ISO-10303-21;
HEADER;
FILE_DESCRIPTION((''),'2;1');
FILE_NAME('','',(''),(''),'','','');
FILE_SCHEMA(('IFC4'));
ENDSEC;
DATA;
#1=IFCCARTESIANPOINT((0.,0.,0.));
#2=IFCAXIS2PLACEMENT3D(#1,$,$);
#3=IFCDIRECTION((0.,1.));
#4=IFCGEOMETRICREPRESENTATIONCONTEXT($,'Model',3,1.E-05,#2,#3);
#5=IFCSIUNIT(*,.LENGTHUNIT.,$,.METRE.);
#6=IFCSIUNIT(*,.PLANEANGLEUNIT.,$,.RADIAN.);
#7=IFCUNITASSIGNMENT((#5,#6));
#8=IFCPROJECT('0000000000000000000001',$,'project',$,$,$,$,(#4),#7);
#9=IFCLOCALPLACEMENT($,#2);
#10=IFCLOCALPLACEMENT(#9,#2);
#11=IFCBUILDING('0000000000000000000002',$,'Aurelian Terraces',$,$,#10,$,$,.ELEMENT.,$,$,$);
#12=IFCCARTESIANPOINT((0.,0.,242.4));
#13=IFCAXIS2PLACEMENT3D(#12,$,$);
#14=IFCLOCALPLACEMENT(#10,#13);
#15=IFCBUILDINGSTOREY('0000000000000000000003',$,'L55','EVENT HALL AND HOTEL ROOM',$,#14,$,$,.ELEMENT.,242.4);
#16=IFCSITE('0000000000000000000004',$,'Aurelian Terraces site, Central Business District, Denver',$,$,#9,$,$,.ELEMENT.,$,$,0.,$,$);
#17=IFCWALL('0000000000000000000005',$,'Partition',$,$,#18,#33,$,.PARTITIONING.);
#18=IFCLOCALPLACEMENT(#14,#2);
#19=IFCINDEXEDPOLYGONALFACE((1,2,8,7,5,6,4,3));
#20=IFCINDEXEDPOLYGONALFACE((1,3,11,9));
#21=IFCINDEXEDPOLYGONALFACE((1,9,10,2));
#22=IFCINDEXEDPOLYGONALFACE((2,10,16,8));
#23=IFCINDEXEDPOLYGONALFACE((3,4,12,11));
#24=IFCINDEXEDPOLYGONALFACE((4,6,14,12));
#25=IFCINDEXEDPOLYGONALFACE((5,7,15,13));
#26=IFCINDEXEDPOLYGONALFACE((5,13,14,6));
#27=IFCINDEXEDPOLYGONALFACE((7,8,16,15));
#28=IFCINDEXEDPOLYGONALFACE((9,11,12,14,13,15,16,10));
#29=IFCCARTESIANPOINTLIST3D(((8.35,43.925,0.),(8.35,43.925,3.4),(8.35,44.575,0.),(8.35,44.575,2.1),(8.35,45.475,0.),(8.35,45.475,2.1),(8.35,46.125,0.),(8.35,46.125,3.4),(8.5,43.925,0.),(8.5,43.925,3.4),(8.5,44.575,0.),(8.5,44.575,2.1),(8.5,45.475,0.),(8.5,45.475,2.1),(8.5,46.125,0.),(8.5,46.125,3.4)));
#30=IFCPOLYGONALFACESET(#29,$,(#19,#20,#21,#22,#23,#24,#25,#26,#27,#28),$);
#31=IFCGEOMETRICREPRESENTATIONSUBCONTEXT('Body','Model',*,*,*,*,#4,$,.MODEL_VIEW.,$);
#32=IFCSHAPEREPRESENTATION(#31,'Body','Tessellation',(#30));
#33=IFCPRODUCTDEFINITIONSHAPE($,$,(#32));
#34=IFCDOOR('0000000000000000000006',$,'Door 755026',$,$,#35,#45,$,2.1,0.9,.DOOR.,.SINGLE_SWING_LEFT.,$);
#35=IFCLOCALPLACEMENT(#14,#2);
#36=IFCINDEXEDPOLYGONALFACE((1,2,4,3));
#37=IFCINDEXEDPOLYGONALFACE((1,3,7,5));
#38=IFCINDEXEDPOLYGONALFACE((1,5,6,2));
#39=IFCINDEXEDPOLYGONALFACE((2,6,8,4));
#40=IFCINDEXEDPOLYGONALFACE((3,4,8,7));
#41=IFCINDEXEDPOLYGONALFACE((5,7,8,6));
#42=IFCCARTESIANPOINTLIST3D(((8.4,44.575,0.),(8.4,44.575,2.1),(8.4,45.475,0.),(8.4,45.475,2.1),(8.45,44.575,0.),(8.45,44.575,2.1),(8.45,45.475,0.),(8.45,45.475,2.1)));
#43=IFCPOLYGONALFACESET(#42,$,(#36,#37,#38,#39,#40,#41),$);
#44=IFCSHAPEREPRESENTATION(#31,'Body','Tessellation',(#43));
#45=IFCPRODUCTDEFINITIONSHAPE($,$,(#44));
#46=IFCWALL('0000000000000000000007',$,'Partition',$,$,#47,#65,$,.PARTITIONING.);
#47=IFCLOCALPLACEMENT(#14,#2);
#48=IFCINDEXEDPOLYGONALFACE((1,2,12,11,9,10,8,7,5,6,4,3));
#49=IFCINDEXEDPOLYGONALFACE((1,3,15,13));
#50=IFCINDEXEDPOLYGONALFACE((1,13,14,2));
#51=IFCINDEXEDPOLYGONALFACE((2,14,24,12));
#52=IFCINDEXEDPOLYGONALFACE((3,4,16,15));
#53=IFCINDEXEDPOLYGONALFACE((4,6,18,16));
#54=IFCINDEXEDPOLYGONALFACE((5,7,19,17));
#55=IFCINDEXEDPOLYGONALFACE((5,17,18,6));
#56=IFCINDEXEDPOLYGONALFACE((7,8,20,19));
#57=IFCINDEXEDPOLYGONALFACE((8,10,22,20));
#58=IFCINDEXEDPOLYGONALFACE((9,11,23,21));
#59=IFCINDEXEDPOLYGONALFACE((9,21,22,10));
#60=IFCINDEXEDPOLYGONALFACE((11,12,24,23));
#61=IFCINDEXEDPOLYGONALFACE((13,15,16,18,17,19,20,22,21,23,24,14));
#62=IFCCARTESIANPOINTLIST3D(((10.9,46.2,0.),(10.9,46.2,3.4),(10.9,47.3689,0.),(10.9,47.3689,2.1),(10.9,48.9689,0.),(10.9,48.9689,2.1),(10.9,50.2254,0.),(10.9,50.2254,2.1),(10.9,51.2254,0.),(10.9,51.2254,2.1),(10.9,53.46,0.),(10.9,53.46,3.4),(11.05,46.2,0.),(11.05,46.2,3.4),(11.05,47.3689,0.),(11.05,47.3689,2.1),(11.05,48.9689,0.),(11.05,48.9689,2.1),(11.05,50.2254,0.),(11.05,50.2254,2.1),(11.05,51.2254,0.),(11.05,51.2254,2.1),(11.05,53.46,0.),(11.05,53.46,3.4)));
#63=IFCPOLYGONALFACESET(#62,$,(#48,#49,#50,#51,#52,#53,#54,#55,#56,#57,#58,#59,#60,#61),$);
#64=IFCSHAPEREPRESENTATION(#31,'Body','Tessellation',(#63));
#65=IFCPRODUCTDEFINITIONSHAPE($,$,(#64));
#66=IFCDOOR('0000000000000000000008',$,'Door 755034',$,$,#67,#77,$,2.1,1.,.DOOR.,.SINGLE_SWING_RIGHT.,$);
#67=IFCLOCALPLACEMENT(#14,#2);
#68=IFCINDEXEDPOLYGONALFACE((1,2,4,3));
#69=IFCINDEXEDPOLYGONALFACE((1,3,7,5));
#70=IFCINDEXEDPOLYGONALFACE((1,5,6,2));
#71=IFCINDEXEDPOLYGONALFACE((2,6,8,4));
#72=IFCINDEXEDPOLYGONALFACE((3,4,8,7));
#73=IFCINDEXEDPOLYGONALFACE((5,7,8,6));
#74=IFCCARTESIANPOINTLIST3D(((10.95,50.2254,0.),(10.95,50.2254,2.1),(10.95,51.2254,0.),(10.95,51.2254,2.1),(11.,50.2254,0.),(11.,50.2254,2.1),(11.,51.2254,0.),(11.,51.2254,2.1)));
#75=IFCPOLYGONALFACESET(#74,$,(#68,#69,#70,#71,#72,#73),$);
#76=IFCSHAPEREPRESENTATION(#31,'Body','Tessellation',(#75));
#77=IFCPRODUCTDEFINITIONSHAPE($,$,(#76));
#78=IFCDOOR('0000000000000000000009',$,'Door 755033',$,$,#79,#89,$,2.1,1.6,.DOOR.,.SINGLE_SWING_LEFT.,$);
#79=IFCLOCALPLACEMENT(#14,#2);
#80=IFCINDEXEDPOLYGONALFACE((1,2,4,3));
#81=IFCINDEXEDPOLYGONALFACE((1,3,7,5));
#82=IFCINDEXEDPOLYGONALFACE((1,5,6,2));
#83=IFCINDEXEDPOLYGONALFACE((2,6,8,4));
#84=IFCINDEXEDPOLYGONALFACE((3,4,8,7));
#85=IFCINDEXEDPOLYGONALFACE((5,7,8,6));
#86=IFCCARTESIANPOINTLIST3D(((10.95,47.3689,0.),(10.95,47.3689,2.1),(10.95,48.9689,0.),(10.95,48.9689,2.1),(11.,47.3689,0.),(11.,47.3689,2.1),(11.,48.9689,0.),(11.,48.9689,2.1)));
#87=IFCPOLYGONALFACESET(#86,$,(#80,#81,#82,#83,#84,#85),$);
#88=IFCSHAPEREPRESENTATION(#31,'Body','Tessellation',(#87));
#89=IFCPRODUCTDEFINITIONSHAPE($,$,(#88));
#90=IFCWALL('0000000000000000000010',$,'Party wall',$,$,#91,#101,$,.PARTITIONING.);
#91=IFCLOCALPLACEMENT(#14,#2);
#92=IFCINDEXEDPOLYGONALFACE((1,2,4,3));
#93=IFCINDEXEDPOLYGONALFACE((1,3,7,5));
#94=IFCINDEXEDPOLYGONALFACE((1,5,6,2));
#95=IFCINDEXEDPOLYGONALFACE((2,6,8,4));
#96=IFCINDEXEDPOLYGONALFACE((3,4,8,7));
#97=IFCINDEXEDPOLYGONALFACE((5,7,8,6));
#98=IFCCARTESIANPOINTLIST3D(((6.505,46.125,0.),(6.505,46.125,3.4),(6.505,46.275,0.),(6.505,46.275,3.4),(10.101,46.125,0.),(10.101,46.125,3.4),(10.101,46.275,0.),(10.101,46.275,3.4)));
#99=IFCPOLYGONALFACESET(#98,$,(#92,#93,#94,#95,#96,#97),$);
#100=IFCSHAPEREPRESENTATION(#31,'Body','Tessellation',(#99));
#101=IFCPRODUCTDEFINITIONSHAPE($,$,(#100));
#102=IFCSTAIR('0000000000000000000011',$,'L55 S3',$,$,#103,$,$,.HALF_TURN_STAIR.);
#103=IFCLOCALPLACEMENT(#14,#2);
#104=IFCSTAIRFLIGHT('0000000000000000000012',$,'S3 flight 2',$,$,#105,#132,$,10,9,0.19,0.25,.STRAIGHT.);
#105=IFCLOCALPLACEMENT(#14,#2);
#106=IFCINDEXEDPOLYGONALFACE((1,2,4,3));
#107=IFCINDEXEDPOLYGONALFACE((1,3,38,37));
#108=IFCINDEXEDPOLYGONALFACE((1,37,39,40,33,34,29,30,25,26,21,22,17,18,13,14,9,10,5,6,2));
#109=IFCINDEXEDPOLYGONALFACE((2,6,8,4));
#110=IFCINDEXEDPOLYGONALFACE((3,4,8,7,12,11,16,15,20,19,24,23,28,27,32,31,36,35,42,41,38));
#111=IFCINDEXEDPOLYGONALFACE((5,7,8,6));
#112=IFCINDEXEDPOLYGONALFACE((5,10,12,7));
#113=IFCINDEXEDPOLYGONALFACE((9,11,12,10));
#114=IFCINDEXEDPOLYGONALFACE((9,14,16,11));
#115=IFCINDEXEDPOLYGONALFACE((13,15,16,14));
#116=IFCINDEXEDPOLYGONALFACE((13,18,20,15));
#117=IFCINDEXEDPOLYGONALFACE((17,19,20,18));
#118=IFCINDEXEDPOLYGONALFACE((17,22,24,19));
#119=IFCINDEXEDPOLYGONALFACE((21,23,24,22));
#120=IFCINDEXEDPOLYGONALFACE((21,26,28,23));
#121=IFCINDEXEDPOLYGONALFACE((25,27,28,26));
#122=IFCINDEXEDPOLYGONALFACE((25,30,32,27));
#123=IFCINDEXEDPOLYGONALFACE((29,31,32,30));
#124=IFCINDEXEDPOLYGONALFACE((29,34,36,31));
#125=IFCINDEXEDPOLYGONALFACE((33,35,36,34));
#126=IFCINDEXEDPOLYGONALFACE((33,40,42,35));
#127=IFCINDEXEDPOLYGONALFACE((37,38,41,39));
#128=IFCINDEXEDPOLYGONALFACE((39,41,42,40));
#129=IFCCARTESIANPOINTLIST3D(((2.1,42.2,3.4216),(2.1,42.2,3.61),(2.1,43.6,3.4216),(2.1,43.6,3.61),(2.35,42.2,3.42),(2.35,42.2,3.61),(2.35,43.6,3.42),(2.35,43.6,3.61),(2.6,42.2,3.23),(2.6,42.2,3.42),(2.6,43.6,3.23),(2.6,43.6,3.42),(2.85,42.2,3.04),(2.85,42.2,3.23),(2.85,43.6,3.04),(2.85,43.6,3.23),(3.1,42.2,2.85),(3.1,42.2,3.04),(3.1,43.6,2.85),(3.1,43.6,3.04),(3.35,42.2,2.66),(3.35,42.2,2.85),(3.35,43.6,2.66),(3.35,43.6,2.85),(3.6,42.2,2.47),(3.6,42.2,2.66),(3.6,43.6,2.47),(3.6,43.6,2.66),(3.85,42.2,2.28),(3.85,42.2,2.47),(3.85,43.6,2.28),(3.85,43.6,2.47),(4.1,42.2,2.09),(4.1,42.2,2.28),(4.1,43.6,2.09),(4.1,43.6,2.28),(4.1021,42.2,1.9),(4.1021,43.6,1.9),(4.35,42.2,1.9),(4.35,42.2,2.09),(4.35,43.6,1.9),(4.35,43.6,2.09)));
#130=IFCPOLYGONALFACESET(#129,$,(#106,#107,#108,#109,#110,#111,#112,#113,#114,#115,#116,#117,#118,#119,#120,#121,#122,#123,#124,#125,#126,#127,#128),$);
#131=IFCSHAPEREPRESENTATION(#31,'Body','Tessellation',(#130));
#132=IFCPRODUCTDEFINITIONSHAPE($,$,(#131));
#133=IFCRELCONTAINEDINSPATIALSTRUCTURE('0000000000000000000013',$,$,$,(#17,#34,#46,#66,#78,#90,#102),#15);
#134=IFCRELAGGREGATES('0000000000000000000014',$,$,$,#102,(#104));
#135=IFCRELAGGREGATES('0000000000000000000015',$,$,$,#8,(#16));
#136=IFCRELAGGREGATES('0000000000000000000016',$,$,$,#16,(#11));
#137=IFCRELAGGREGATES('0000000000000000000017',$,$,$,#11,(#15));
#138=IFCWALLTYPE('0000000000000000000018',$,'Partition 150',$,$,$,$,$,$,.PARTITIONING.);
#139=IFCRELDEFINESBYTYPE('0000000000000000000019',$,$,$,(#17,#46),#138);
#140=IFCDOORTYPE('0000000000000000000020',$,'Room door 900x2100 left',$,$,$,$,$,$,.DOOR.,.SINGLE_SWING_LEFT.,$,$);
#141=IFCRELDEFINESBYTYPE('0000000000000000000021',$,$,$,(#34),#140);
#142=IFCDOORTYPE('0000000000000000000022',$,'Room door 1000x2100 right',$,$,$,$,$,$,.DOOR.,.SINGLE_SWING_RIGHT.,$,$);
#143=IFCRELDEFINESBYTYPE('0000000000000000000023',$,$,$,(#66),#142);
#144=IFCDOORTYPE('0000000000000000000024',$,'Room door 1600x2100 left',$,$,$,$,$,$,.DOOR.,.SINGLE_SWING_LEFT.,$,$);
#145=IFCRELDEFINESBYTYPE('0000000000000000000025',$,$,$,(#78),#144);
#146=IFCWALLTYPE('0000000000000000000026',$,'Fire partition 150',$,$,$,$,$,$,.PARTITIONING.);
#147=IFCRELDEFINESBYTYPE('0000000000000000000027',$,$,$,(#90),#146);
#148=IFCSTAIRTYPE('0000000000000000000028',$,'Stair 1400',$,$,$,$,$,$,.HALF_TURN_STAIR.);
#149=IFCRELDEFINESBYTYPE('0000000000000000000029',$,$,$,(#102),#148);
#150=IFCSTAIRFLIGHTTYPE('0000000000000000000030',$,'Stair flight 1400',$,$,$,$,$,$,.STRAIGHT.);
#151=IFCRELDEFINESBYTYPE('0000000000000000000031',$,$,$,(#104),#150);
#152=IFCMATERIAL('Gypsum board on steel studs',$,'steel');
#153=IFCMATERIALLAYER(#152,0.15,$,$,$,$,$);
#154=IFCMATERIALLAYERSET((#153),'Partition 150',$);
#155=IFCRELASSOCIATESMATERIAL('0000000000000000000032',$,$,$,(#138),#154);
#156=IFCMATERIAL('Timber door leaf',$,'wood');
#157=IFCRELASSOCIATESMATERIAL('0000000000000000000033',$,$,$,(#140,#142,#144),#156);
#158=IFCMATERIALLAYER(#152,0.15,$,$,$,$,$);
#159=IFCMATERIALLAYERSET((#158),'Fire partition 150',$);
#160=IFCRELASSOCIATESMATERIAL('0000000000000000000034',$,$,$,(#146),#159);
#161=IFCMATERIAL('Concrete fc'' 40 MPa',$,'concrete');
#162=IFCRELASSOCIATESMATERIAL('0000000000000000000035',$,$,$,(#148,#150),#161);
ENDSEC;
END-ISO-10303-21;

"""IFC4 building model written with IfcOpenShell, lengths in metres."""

from ifc_helpers import new_model, si_unit, direction, frame, frame_2d, origin, place, context, subcontext, project, spatial, polyline, rectangle, outline, extrude, source, transform, mapped, material, layer, layer_set, type_object, element, fill, aggregate, save


model = new_model("IFC4")

# Units and contexts
model_context = context("Model", 3, precision=1e-05, world=origin(), true_north=direction((0.0, 1.0)))
body_context = subcontext(model_context, "Body", "Model", "MODEL_VIEW")
ifc_project = project(units=[si_unit("LENGTHUNIT", "METRE"), si_unit("PLANEANGLEUNIT", "RADIAN")], contexts=[model_context])

# Site, building, storey
site_placement = place(None, origin())
site = spatial("IfcSite", under=ifc_project, at=site_placement, Name="Aurelian Terraces site, Central Business District, Denver", CompositionType="ELEMENT", RefElevation=0.0)
building_placement = place(site_placement, origin())
building = spatial("IfcBuilding", under=site, at=building_placement, Name="Aurelian Terraces", CompositionType="ELEMENT")
storey_placement = place(building_placement, frame((0.0, 0.0, 242.4)))
storey = spatial("IfcBuildingStorey", under=building, at=storey_placement, Name="L55", Description="EVENT HALL AND HOTEL ROOM", CompositionType="ELEMENT", Elevation=242.4)

# Shared definitions
ifc_material_1 = material(Name="Concrete fc' 40 MPa", Category="concrete")

# Shared definitions
ifc_material_2 = material(Name="Gypsum board on steel studs", Category="steel")
ifc_layer_1 = layer(ifc_material_2, 0.15)
ifc_layer_set_1 = layer_set([ifc_layer_1], Name="Partition 150")
wall_type_1 = type_object("IfcWallType", Name="Partition 150", PredefinedType="PARTITIONING", material=ifc_layer_set_1)

# Wall, opening, door
shared_shape_1 = source(origin(), body_context, "Body", "SweptSolid", [
    extrude(rectangle(XDim=2.2, YDim=0.15, at=frame_2d((1.1, 0.0))), origin(), (0.0, 0.0, 1.0), 3.4),
])
wall_1_placement = place(storey_placement, frame((8.425, 43.925, 0.0), z_axis=(0.0, 0.0, 1.0), x_axis=(0.0, 1.0, 0.0)))
wall_1 = element("IfcWall", 1, at=wall_1_placement, inside=storey, type_object=wall_type_1, Name="Partition", PredefinedType="PARTITIONING", context=body_context, shape_type="MappedRepresentation", body=[
    mapped(shared_shape_1, transform((0.0, 0.0, 0.0), scale=1.0)),
])
shared_shape_2 = source(origin(), body_context, "Body", "SweptSolid", [
    extrude(rectangle(XDim=0.9, YDim=2.1, at=frame_2d((0.45, 1.05))), frame((0.0, 0.085, 0.0), z_axis=(0.0, -1.0, 0.0), x_axis=(1.0, 0.0, 0.0)), (0.0, 0.0, 1.0), 0.17),
])
opening_1_placement = place(wall_1_placement, frame((0.65, 0.0, 0.0)))
opening_1 = element("IfcOpeningElement", 2, at=opening_1_placement, cuts=wall_1, PredefinedType="OPENING", context=body_context, shape_type="MappedRepresentation", body=[
    mapped(shared_shape_2, transform((0.0, 0.0, 0.0), scale=1.0)),
])
ifc_material_3 = material(Name="Timber door leaf", Category="wood")
door_type_1 = type_object("IfcDoorType", Name="Room door 900x2100 left", OperationType="SINGLE_SWING_LEFT", PredefinedType="DOOR", material=ifc_material_3)
shared_shape_3 = source(origin(), body_context, "Body", "SweptSolid", [
    extrude(rectangle(XDim=0.9, YDim=2.1, at=frame_2d((0.45, 1.05))), frame((0.0, 0.025, 0.0), z_axis=(0.0, -1.0, 0.0), x_axis=(1.0, 0.0, 0.0)), (0.0, 0.0, 1.0), 0.05),
])
door_1_placement = place(opening_1_placement, origin())
door_1 = element("IfcDoor", 3, at=door_1_placement, inside=storey, type_object=door_type_1, Name="Door 755026", OperationType="SINGLE_SWING_LEFT", OverallHeight=2.1, OverallWidth=0.9, PredefinedType="DOOR", context=body_context, shape_type="MappedRepresentation", body=[
    mapped(shared_shape_3, transform((0.0, 0.0, 0.0), scale=1.0)),
])
fill(opening_1, door_1)

# Wall, openings, doors
shared_shape_4 = source(origin(), body_context, "Body", "SweptSolid", [
    extrude(rectangle(XDim=7.26, YDim=0.15, at=frame_2d((3.63, 0.0))), origin(), (0.0, 0.0, 1.0), 3.4),
])
wall_2_placement = place(storey_placement, frame((10.975, 46.2, 0.0), z_axis=(0.0, 0.0, 1.0), x_axis=(0.0, 1.0, 0.0)))
wall_2 = element("IfcWall", 4, at=wall_2_placement, inside=storey, type_object=wall_type_1, Name="Partition", PredefinedType="PARTITIONING", context=body_context, shape_type="MappedRepresentation", body=[
    mapped(shared_shape_4, transform((0.0, 0.0, 0.0), scale=1.0)),
])
shared_shape_5 = source(origin(), body_context, "Body", "SweptSolid", [
    extrude(rectangle(XDim=1.6, YDim=2.1, at=frame_2d((0.8, 1.05))), frame((0.0, 0.085, 0.0), z_axis=(0.0, -1.0, 0.0), x_axis=(1.0, 0.0, 0.0)), (0.0, 0.0, 1.0), 0.17),
])
opening_2_placement = place(wall_2_placement, frame((1.1689, 0.0, 0.0)))
opening_2 = element("IfcOpeningElement", 5, at=opening_2_placement, cuts=wall_2, PredefinedType="OPENING", context=body_context, shape_type="MappedRepresentation", body=[
    mapped(shared_shape_5, transform((0.0, 0.0, 0.0), scale=1.0)),
])
shared_shape_6 = source(origin(), body_context, "Body", "SweptSolid", [
    extrude(rectangle(XDim=1.0, YDim=2.1, at=frame_2d((0.5, 1.05))), frame((0.0, 0.085, 0.0), z_axis=(0.0, -1.0, 0.0), x_axis=(1.0, 0.0, 0.0)), (0.0, 0.0, 1.0), 0.17),
])
opening_3_placement = place(wall_2_placement, frame((4.0254, 0.0, 0.0)))
opening_3 = element("IfcOpeningElement", 6, at=opening_3_placement, cuts=wall_2, PredefinedType="OPENING", context=body_context, shape_type="MappedRepresentation", body=[
    mapped(shared_shape_6, transform((0.0, 0.0, 0.0), scale=1.0)),
])
door_type_2 = type_object("IfcDoorType", Name="Room door 1000x2100 right", OperationType="SINGLE_SWING_RIGHT", PredefinedType="DOOR", material=ifc_material_3)
shared_shape_7 = source(origin(), body_context, "Body", "SweptSolid", [
    extrude(rectangle(XDim=1.0, YDim=2.1, at=frame_2d((0.5, 1.05))), frame((0.0, 0.025, 0.0), z_axis=(0.0, -1.0, 0.0), x_axis=(1.0, 0.0, 0.0)), (0.0, 0.0, 1.0), 0.05),
])
door_2_placement = place(opening_3_placement, origin())
door_2 = element("IfcDoor", 7, at=door_2_placement, inside=storey, type_object=door_type_2, Name="Door 755034", OperationType="SINGLE_SWING_RIGHT", OverallHeight=2.1, OverallWidth=1.0, PredefinedType="DOOR", context=body_context, shape_type="MappedRepresentation", body=[
    mapped(shared_shape_7, transform((0.0, 0.0, 0.0), scale=1.0)),
])
fill(opening_3, door_2)
door_type_3 = type_object("IfcDoorType", Name="Room door 1600x2100 left", OperationType="SINGLE_SWING_LEFT", PredefinedType="DOOR", material=ifc_material_3)
shared_shape_8 = source(origin(), body_context, "Body", "SweptSolid", [
    extrude(rectangle(XDim=1.6, YDim=2.1, at=frame_2d((0.8, 1.05))), frame((0.0, 0.025, 0.0), z_axis=(0.0, -1.0, 0.0), x_axis=(1.0, 0.0, 0.0)), (0.0, 0.0, 1.0), 0.05),
])
door_3_placement = place(opening_2_placement, origin())
door_3 = element("IfcDoor", 8, at=door_3_placement, inside=storey, type_object=door_type_3, Name="Door 755033", OperationType="SINGLE_SWING_LEFT", OverallHeight=2.1, OverallWidth=1.6, PredefinedType="DOOR", context=body_context, shape_type="MappedRepresentation", body=[
    mapped(shared_shape_8, transform((0.0, 0.0, 0.0), scale=1.0)),
])
fill(opening_2, door_3)

# Wall
ifc_layer_2 = layer(ifc_material_2, 0.15)
ifc_layer_set_2 = layer_set([ifc_layer_2], Name="Fire partition 150")
wall_type_2 = type_object("IfcWallType", Name="Fire partition 150", PredefinedType="PARTITIONING", material=ifc_layer_set_2)
shared_shape_9 = source(origin(), body_context, "Body", "SweptSolid", [
    extrude(rectangle(XDim=3.596, YDim=0.15, at=frame_2d((1.798, 0.0))), origin(), (0.0, 0.0, 1.0), 3.4),
])
wall_3_placement = place(storey_placement, frame((10.101, 46.2, 0.0), z_axis=(0.0, 0.0, 1.0), x_axis=(-1.0, 0.0, 0.0)))
element("IfcWall", 9, at=wall_3_placement, inside=storey, type_object=wall_type_2, Name="Party wall", PredefinedType="PARTITIONING", context=body_context, shape_type="MappedRepresentation", body=[
    mapped(shared_shape_9, transform((0.0, 0.0, 0.0), scale=1.0)),
])

# Stair, stair flight
stair_type = type_object("IfcStairType", Name="Stair 1400", PredefinedType="HALF_TURN_STAIR", material=ifc_material_1)
stair_placement = place(storey_placement, origin())
stair = element("IfcStair", 10, at=stair_placement, inside=storey, type_object=stair_type, Name="L55 S3", PredefinedType="HALF_TURN_STAIR")
stair_flight_type = type_object("IfcStairFlightType", Name="Stair flight 1400", PredefinedType="STRAIGHT", material=ifc_material_1)
shared_shape_10 = source(origin(), body_context, "Body", "SweptSolid", [
    extrude(outline(polyline([(0.0, 0.0), (0.0, 0.19), (0.25, 0.19), (0.25, 0.38), (0.5, 0.38), (0.5, 0.57), (0.75, 0.57), (0.75, 0.76), (1.0, 0.76), (1.0, 0.95), (1.25, 0.95), (1.25, 1.14), (1.5, 1.14), (1.5, 1.33), (1.75, 1.33), (1.75, 1.52), (2.0, 1.52), (2.0, 1.71), (2.25, 1.71), (2.25, 1.9), (2.25, 1.5216), (0.2479, 0.0), (0.0, 0.0)])), frame((0.0, 0.7, 0.0), z_axis=(0.0, -1.0, 0.0), x_axis=(1.0, 0.0, 0.0)), (0.0, 0.0, 1.0), 1.4),
])
stair_flight_placement = place(storey_placement, frame((4.35, 42.9, 1.9), z_axis=(0.0, 0.0, 1.0), x_axis=(-1.0, 0.0, 0.0)))
stair_flight = element("IfcStairFlight", 11, at=stair_flight_placement, type_object=stair_flight_type, Name="S3 flight 2", NumberOfRisers=10, NumberOfTreads=9, PredefinedType="STRAIGHT", RiserHeight=0.19, TreadLength=0.25, context=body_context, shape_type="MappedRepresentation", body=[
    mapped(shared_shape_10, transform((0.0, 0.0, 0.0), scale=1.0)),
])
aggregate(stair, [stair_flight])

save(model, "model.ifc")
